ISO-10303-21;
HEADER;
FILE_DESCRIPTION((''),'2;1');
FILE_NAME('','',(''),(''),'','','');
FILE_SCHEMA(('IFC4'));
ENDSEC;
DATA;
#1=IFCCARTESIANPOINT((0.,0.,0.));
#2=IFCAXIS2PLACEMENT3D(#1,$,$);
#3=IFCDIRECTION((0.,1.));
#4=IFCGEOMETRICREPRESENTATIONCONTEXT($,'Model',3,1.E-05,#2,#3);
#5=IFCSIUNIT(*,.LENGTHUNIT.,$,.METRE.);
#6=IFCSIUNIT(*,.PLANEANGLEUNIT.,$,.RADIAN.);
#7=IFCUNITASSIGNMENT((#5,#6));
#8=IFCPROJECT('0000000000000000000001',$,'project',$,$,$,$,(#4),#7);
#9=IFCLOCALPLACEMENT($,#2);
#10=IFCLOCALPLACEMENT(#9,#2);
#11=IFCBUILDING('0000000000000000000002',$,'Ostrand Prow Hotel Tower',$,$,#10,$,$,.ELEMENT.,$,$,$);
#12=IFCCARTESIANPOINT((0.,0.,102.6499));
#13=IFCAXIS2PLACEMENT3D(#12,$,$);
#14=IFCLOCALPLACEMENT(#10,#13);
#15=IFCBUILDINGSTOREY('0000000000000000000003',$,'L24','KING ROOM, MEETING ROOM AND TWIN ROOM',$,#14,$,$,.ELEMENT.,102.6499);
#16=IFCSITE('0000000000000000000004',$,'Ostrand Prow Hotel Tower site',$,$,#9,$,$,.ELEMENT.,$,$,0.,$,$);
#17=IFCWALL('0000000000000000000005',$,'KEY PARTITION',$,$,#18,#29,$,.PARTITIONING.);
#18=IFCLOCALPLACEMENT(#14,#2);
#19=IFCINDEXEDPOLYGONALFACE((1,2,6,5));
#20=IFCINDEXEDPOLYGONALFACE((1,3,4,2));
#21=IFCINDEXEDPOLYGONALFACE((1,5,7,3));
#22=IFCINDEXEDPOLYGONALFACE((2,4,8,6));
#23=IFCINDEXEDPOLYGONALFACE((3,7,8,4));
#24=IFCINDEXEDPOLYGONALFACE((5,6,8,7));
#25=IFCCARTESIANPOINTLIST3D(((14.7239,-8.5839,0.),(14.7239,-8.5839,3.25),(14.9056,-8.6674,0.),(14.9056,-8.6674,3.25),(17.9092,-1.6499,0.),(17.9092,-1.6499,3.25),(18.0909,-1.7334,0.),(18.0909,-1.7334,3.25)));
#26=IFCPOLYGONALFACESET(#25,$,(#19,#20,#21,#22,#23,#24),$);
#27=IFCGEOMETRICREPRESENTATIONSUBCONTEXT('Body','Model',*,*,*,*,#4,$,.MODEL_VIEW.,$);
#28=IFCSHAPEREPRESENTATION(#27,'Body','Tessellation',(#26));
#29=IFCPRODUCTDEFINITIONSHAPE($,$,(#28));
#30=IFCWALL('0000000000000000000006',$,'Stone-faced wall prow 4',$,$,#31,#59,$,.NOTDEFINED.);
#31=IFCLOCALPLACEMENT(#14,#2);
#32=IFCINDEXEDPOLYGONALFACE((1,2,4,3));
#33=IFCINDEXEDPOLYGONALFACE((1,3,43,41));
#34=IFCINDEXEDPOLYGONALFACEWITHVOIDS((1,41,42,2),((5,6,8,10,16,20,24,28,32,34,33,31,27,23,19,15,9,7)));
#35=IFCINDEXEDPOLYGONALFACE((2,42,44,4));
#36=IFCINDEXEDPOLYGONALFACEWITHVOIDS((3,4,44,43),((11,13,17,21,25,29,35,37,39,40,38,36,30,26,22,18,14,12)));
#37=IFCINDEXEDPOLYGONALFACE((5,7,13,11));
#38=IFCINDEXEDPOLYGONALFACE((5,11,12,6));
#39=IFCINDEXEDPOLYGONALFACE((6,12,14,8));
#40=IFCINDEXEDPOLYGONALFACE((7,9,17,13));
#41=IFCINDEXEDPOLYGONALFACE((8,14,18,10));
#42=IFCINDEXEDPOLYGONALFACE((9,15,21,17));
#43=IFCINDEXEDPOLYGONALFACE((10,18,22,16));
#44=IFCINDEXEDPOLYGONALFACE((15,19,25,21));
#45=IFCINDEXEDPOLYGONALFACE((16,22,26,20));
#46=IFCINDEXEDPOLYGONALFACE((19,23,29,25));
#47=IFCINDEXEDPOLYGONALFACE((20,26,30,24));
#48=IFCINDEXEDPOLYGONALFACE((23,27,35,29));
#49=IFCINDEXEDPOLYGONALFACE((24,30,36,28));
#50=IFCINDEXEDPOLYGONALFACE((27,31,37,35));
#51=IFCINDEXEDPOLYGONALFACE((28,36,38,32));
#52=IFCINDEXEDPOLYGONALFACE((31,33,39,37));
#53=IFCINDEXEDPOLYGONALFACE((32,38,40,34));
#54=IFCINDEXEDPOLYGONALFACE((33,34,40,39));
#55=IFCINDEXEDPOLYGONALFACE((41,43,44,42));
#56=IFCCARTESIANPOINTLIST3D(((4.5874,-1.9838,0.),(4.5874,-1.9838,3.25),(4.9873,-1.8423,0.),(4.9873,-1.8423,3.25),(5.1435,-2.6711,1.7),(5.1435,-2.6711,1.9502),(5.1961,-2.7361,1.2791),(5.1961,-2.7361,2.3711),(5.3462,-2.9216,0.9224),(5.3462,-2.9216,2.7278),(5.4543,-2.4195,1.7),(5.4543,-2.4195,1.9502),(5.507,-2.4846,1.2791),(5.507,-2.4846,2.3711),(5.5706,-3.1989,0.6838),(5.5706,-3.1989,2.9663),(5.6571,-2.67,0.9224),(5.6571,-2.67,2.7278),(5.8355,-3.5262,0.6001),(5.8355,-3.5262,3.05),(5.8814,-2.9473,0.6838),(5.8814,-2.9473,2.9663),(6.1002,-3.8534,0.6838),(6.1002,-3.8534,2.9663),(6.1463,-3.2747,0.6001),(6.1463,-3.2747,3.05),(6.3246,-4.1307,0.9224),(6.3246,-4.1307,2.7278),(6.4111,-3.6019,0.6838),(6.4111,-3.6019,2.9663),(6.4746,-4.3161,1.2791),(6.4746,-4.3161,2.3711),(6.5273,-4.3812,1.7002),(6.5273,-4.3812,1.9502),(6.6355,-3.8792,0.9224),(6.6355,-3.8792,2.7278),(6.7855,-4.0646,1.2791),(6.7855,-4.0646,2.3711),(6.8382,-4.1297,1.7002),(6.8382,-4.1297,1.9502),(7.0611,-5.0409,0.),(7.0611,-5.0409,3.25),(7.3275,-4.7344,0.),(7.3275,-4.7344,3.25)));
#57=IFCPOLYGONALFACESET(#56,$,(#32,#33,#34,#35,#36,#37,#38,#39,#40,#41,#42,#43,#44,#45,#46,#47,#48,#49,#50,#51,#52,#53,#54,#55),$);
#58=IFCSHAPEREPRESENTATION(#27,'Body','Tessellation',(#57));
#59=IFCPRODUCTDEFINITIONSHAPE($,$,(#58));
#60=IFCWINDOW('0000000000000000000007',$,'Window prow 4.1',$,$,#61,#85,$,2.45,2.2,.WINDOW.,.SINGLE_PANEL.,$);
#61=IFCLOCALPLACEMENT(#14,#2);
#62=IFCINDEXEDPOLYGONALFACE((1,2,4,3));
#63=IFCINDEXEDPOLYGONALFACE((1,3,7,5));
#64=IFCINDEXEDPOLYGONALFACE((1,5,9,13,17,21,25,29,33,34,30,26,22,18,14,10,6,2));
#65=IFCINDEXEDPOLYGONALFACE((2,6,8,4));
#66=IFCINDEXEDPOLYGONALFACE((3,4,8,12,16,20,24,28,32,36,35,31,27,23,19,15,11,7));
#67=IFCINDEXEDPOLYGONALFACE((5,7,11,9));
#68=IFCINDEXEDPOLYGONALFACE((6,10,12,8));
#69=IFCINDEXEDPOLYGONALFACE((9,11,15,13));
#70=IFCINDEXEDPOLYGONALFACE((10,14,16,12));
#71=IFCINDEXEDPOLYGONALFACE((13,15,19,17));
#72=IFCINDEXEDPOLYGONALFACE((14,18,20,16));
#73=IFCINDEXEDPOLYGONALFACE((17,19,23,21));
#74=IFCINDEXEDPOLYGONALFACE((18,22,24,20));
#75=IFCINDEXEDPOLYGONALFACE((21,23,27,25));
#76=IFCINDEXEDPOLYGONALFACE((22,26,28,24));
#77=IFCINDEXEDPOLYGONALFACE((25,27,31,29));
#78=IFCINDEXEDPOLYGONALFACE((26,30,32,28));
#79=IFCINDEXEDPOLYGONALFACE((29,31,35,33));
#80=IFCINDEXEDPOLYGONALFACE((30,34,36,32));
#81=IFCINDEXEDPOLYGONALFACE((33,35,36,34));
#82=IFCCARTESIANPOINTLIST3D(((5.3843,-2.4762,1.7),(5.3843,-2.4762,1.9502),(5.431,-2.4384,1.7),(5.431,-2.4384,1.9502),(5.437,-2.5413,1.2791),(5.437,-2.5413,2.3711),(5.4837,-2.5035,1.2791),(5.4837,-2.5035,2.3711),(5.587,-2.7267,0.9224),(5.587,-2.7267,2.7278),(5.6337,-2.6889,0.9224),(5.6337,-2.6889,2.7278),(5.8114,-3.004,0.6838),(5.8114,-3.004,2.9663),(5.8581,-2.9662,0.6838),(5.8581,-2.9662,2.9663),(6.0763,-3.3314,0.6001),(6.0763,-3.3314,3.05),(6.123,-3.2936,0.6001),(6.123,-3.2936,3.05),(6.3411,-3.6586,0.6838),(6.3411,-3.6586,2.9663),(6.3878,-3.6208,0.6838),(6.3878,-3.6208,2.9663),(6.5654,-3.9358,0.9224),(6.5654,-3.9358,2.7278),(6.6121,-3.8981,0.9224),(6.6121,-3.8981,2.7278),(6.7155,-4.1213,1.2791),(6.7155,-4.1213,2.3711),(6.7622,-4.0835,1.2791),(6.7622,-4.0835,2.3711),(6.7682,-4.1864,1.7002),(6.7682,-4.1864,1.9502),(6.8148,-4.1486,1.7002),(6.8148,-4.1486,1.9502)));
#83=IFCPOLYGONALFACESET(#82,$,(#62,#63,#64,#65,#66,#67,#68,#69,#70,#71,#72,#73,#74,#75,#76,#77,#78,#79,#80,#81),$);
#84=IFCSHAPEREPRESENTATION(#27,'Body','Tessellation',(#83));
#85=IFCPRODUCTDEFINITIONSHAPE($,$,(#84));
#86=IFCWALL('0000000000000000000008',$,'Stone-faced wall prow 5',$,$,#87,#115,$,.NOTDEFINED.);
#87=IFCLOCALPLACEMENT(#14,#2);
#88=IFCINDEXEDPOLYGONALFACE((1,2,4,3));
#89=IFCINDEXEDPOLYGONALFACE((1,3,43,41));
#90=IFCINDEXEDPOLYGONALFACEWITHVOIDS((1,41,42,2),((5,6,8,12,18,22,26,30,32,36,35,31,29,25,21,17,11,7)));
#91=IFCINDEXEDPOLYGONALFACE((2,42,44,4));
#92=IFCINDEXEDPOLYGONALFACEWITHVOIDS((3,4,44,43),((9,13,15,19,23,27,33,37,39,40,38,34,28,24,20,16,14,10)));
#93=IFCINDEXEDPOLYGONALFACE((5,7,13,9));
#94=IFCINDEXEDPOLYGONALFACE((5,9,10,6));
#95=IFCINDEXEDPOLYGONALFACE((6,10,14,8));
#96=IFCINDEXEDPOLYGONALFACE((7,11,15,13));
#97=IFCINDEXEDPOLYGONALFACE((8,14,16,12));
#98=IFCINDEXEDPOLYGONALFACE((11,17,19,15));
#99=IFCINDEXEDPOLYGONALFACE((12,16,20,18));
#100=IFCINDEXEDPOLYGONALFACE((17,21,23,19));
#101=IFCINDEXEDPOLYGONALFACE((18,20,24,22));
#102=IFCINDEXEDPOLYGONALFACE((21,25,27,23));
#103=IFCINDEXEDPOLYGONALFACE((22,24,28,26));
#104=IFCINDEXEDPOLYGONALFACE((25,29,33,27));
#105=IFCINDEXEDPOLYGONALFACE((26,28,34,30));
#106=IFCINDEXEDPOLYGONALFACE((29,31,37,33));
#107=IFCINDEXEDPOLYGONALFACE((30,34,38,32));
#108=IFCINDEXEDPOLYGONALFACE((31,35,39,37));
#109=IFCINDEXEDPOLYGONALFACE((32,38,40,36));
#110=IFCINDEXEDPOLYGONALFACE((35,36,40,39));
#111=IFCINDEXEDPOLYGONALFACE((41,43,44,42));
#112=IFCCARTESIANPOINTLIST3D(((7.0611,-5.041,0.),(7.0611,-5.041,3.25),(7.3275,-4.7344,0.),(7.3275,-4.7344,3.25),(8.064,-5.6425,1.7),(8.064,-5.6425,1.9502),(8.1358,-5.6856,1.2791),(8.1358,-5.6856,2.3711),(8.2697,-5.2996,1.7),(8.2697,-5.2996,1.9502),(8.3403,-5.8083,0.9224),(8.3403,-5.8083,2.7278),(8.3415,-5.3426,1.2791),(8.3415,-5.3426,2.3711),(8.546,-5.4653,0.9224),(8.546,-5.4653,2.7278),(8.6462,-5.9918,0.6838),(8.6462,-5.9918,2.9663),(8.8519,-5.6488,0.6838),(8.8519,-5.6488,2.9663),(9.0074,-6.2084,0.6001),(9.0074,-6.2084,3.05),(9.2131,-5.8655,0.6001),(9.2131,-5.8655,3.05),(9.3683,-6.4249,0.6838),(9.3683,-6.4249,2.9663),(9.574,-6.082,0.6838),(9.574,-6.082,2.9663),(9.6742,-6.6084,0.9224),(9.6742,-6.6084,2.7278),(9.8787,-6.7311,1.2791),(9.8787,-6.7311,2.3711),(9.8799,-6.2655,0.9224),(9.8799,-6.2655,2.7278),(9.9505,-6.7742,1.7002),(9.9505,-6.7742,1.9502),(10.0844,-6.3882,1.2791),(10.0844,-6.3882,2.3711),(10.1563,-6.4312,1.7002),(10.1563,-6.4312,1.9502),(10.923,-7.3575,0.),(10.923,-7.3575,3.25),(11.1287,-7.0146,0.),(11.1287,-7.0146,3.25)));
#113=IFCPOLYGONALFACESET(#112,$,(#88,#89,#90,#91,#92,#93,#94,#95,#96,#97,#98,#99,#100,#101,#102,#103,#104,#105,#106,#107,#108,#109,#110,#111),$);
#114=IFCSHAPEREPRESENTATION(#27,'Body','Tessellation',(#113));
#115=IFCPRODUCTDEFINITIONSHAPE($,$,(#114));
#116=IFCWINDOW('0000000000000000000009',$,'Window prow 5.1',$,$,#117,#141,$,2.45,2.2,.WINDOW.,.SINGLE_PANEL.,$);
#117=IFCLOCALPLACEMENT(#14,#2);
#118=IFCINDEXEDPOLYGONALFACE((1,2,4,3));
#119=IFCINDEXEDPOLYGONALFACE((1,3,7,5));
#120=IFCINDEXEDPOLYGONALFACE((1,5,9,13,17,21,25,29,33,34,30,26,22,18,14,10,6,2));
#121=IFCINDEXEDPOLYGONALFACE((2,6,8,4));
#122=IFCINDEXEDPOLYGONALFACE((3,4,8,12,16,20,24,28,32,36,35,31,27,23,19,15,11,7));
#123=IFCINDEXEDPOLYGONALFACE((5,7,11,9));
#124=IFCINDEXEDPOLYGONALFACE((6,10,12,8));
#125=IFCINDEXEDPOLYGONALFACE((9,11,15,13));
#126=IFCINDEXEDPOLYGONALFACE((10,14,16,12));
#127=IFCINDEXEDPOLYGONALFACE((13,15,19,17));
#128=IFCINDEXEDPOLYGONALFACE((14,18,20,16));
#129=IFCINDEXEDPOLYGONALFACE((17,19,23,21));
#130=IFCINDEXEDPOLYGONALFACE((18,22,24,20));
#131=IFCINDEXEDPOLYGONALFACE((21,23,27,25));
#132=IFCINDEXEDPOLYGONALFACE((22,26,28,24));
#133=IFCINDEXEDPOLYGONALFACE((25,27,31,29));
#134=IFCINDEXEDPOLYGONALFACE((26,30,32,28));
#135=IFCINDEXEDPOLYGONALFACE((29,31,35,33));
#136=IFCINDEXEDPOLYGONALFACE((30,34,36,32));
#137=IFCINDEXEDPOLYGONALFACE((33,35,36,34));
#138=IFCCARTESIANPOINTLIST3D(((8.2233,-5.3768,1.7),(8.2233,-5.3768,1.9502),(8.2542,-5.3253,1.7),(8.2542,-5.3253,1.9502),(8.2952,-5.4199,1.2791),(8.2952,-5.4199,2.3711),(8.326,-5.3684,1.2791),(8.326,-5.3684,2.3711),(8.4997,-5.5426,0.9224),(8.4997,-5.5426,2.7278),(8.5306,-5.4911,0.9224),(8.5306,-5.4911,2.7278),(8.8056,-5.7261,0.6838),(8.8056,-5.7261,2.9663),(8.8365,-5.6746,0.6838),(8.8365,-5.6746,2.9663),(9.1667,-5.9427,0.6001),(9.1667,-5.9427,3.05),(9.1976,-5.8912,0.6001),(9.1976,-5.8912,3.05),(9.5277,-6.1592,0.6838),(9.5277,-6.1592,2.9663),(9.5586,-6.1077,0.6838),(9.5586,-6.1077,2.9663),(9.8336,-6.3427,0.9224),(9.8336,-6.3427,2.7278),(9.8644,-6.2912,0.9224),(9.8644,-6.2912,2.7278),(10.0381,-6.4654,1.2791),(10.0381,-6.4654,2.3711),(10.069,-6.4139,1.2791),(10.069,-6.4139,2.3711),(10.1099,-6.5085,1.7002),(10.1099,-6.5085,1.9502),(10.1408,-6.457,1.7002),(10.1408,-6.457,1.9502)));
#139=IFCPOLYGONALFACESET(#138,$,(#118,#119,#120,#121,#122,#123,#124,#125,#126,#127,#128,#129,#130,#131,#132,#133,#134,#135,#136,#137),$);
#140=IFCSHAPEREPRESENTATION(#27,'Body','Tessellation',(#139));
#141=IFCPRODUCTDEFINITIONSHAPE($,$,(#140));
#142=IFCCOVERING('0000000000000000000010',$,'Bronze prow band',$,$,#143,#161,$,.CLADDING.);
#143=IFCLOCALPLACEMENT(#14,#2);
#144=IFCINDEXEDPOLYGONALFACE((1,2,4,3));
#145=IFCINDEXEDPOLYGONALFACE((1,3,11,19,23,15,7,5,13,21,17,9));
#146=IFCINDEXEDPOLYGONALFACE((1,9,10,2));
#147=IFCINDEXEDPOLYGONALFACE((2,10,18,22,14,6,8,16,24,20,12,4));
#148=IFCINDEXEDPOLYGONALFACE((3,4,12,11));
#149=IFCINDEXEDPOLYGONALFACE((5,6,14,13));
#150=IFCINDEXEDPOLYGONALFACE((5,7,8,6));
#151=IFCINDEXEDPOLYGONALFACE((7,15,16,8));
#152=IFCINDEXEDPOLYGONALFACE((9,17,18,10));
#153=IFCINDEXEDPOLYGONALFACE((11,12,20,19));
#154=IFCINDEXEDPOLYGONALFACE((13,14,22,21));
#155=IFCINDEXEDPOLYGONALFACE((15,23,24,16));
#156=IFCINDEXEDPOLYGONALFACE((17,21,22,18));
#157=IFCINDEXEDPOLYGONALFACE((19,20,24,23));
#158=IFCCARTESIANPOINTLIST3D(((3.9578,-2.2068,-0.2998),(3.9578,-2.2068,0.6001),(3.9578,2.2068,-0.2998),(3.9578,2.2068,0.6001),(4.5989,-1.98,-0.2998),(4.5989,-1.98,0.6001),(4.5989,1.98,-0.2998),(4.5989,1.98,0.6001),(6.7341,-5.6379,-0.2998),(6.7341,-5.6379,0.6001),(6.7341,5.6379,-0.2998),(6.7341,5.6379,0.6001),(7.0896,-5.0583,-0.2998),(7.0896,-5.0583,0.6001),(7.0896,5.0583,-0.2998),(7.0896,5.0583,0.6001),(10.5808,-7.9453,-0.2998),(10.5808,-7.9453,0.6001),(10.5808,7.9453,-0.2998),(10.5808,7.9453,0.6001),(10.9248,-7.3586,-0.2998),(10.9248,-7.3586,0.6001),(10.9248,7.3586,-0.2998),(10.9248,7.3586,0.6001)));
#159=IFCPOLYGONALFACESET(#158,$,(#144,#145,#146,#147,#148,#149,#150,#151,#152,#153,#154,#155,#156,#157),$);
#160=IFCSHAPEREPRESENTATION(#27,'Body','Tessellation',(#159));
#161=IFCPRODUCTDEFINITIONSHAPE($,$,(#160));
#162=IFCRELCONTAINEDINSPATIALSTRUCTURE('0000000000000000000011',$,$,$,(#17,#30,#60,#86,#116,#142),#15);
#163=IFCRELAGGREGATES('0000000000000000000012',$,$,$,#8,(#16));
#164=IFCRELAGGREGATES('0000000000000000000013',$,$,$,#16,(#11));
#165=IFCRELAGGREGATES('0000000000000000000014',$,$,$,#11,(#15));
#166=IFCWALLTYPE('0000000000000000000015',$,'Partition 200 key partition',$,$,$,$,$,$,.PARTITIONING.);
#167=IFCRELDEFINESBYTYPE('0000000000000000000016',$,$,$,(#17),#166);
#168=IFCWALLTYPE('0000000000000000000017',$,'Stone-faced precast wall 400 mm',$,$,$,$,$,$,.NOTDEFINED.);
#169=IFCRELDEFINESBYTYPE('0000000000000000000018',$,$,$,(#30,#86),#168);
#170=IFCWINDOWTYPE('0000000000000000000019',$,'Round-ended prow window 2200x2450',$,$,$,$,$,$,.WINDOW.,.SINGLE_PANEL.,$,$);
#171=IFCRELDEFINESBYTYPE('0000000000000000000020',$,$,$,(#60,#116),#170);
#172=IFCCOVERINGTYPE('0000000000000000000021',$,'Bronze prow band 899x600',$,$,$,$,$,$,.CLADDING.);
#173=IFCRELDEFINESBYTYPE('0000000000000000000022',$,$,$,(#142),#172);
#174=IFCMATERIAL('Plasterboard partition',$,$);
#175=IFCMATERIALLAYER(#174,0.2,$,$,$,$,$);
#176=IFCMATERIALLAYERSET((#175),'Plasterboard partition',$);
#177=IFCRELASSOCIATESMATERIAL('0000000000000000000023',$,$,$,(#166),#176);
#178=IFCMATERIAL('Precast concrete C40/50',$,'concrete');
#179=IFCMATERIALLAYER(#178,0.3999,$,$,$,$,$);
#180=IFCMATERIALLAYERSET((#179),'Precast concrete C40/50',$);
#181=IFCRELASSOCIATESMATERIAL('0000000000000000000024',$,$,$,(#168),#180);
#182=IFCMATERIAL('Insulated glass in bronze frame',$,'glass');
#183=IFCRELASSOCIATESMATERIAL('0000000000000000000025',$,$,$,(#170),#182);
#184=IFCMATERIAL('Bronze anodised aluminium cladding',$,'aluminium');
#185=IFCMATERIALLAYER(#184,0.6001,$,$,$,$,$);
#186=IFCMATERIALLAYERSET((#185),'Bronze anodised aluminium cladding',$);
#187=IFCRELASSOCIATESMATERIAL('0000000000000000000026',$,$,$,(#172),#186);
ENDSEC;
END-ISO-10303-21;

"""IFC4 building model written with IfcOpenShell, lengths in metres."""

from ifc_helpers import new_model, si_unit, direction, frame, frame_2d, origin, place, context, subcontext, project, spatial, polyline, rectangle, outline, extrude, material, layer, layer_set, type_object, element, fill, save


model = new_model("IFC4")

# Units and contexts
model_context = context("Model", 3, precision=1e-05, world=origin(), true_north=direction((0.0, 1.0)))
body_context = subcontext(model_context, "Body", "Model", "MODEL_VIEW")
ifc_project = project(units=[si_unit("LENGTHUNIT", "METRE"), si_unit("PLANEANGLEUNIT", "RADIAN")], contexts=[model_context])

# Site, building, storey
site_placement = place(None, origin())
site = spatial("IfcSite", under=ifc_project, at=site_placement, Name="Ostrand Prow Hotel Tower site", CompositionType="ELEMENT", RefElevation=0.0)
building_placement = place(site_placement, origin())
building = spatial("IfcBuilding", under=site, at=building_placement, Name="Ostrand Prow Hotel Tower", CompositionType="ELEMENT")
storey_placement = place(building_placement, frame((0.0, 0.0, 102.6499)))
storey = spatial("IfcBuildingStorey", under=building, at=storey_placement, Name="L24", Description="KING ROOM, MEETING ROOM AND TWIN ROOM", CompositionType="ELEMENT", Elevation=102.6499)

# Wall
ifc_material_1 = material(Name="Plasterboard partition")
ifc_layer_1 = layer(ifc_material_1, 0.2)
ifc_layer_set_1 = layer_set([ifc_layer_1], Name="Plasterboard partition")
wall_type_1 = type_object("IfcWallType", Name="Partition 200 key partition", PredefinedType="PARTITIONING", material=ifc_layer_set_1)
wall_1_placement = place(storey_placement, frame((14.8147, -8.6257, 0.0), z_axis=(0.0, 0.0, 1.0), x_axis=(0.417432, 0.908708, 0.0)))
element("IfcWall", 1, at=wall_1_placement, inside=storey, type_object=wall_type_1, Name="KEY PARTITION", PredefinedType="PARTITIONING", context=body_context, shape_type="SweptSolid", body=[
    extrude(rectangle(XDim=7.6306, YDim=0.2, at=frame_2d((3.8154, 0.0))), origin(), (0.0, 0.0, 1.0), 3.25),
])

# Walls, openings, windows
ifc_material_2 = material(Name="Precast concrete C40/50", Category="concrete")
ifc_layer_2 = layer(ifc_material_2, 0.3999)
ifc_layer_set_2 = layer_set([ifc_layer_2], Name="Precast concrete C40/50")
wall_type_2 = type_object("IfcWallType", Name="Stone-faced precast wall 400 mm", PredefinedType="NOTDEFINED", material=ifc_layer_set_2)
wall_2_placement = place(storey_placement, frame((4.7874, -1.9131, 0.0), z_axis=(0.0, 0.0, 1.0), x_axis=(0.629035, -0.777377, 0.0)))
wall_2 = element("IfcWall", 2, at=wall_2_placement, inside=storey, type_object=wall_type_2, Name="Stone-faced wall prow 4", PredefinedType="NOTDEFINED", context=body_context, shape_type="SweptSolid", body=[
    extrude(outline(polyline([(-0.0708, -0.2), (3.8618, -0.2), (3.791, 0.2), (0.0708, 0.2), (-0.0708, -0.2)])), origin(), (0.0, 0.0, 1.0), 3.25),
])
opening_1_placement = place(wall_2_placement, frame((0.8132, 0.0, 0.6001)))
opening_1 = element("IfcOpeningElement", 3, at=opening_1_placement, cuts=wall_2, PredefinedType="OPENING", context=body_context, shape_type="SweptSolid", body=[
    extrude(outline(polyline([(0.0, 1.3501), (0.0837, 1.771), (0.3223, 2.1277), (0.679, 2.3662), (1.1001, 2.45), (1.521, 2.3662), (1.8777, 2.1277), (2.1162, 1.771), (2.2, 1.3501), (2.2, 1.1001), (2.1162, 0.679), (1.8777, 0.3223), (1.521, 0.0837), (1.1001, 0.0), (0.679, 0.0837), (0.3223, 0.3223), (0.0837, 0.679), (0.0, 1.0999), (0.0, 1.3501)])), frame((0.0, 0.21, 0.0), z_axis=(0.0, -1.0, 0.0), x_axis=(1.0, 0.0, 0.0)), (0.0, 0.0, 1.0), 0.4199),
])
ifc_material_3 = material(Name="Insulated glass in bronze frame", Category="glass")
window_type = type_object("IfcWindowType", Name="Round-ended prow window 2200x2450", PartitioningType="SINGLE_PANEL", PredefinedType="WINDOW", material=ifc_material_3)
window_1_placement = place(opening_1_placement, origin())
window_1 = element("IfcWindow", 4, at=window_1_placement, inside=storey, type_object=window_type, Name="Window prow 4.1", OverallHeight=2.45, OverallWidth=2.2, PartitioningType="SINGLE_PANEL", PredefinedType="WINDOW", context=body_context, shape_type="SweptSolid", body=[
    extrude(outline(polyline([(0.0, 1.3501), (0.0837, 1.771), (0.3223, 2.1277), (0.679, 2.3662), (1.1001, 2.45), (1.521, 2.3662), (1.8777, 2.1277), (2.1162, 1.771), (2.2, 1.3501), (2.2, 1.1001), (2.1162, 0.679), (1.8777, 0.3223), (1.521, 0.0837), (1.1001, 0.0), (0.679, 0.0837), (0.3223, 0.3223), (0.0837, 0.679), (0.0, 1.0999), (0.0, 1.3501)])), frame((0.0, 0.1699, 0.0), z_axis=(0.0, -1.0, 0.0), x_axis=(1.0, 0.0, 0.0)), (0.0, 0.0, 1.0), 0.0601),
])
fill(opening_1, window_1)
wall_3_placement = place(storey_placement, frame((7.1943, -4.8877, 0.0), z_axis=(0.0, 0.0, 1.0), x_axis=(0.857551, -0.514399, 0.0)))
wall_3 = element("IfcWall", 5, at=wall_3_placement, inside=storey, type_object=wall_type_2, Name="Stone-faced wall prow 5", PredefinedType="NOTDEFINED", context=body_context, shape_type="SweptSolid", body=[
    extrude(outline(polyline([(-0.0354, -0.2), (4.468, -0.2), (4.468, 0.2), (0.0354, 0.2), (-0.0354, -0.2)])), origin(), (0.0, 0.0, 1.0), 3.25),
])
opening_2_placement = place(wall_3_placement, frame((1.134, 0.0, 0.6001)))
opening_2 = element("IfcOpeningElement", 6, at=opening_2_placement, cuts=wall_3, PredefinedType="OPENING", context=body_context, shape_type="SweptSolid", body=[
    extrude(outline(polyline([(0.0, 1.3501), (0.0837, 1.771), (0.3223, 2.1277), (0.679, 2.3662), (1.1001, 2.45), (1.521, 2.3662), (1.8777, 2.1277), (2.1162, 1.771), (2.2, 1.3501), (2.2, 1.1001), (2.1162, 0.679), (1.8777, 0.3223), (1.521, 0.0837), (1.1001, 0.0), (0.679, 0.0837), (0.3223, 0.3223), (0.0837, 0.679), (0.0, 1.0999), (0.0, 1.3501)])), frame((0.0, 0.21, 0.0), z_axis=(0.0, -1.0, 0.0), x_axis=(1.0, 0.0, 0.0)), (0.0, 0.0, 1.0), 0.4199),
])
window_2_placement = place(opening_2_placement, origin())
window_2 = element("IfcWindow", 7, at=window_2_placement, inside=storey, type_object=window_type, Name="Window prow 5.1", OverallHeight=2.45, OverallWidth=2.2, PartitioningType="SINGLE_PANEL", PredefinedType="WINDOW", context=body_context, shape_type="SweptSolid", body=[
    extrude(outline(polyline([(0.0, 1.3501), (0.0837, 1.771), (0.3223, 2.1277), (0.679, 2.3662), (1.1001, 2.45), (1.521, 2.3662), (1.8777, 2.1277), (2.1162, 1.771), (2.2, 1.3501), (2.2, 1.1001), (2.1162, 0.679), (1.8777, 0.3223), (1.521, 0.0837), (1.1001, 0.0), (0.679, 0.0837), (0.3223, 0.3223), (0.0837, 0.679), (0.0, 1.0999), (0.0, 1.3501)])), frame((0.0, 0.1699, 0.0), z_axis=(0.0, -1.0, 0.0), x_axis=(1.0, 0.0, 0.0)), (0.0, 0.0, 1.0), 0.0601),
])
fill(opening_2, window_2)

# Covering
ifc_material_4 = material(Name="Bronze anodised aluminium cladding", Category="aluminium")
ifc_layer_3 = layer(ifc_material_4, 0.6001)
ifc_layer_set_3 = layer_set([ifc_layer_3], Name="Bronze anodised aluminium cladding")
covering_type_1 = type_object("IfcCoveringType", Name="Bronze prow band 899x600", PredefinedType="CLADDING", material=ifc_layer_set_3)
covering_1_placement = place(storey_placement, frame((0.0, 0.0, -0.2998)))
element("IfcCovering", 8, at=covering_1_placement, inside=storey, type_object=covering_type_1, Name="Bronze prow band", PredefinedType="CLADDING", context=body_context, shape_type="SweptSolid", body=[
    extrude(outline(polyline([(10.5808, 7.9453), (6.7341, 5.6379), (3.9578, 2.2068), (3.9578, -2.2068), (6.7341, -5.6379), (10.5808, -7.9453), (10.9248, -7.3586), (7.0896, -5.0583), (4.5989, -1.98), (4.5989, 1.98), (7.0896, 5.0583), (10.9248, 7.3586), (10.5808, 7.9453)])), origin(), (0.0, 0.0, 1.0), 0.8999),
])

save(model, "model.ifc")
